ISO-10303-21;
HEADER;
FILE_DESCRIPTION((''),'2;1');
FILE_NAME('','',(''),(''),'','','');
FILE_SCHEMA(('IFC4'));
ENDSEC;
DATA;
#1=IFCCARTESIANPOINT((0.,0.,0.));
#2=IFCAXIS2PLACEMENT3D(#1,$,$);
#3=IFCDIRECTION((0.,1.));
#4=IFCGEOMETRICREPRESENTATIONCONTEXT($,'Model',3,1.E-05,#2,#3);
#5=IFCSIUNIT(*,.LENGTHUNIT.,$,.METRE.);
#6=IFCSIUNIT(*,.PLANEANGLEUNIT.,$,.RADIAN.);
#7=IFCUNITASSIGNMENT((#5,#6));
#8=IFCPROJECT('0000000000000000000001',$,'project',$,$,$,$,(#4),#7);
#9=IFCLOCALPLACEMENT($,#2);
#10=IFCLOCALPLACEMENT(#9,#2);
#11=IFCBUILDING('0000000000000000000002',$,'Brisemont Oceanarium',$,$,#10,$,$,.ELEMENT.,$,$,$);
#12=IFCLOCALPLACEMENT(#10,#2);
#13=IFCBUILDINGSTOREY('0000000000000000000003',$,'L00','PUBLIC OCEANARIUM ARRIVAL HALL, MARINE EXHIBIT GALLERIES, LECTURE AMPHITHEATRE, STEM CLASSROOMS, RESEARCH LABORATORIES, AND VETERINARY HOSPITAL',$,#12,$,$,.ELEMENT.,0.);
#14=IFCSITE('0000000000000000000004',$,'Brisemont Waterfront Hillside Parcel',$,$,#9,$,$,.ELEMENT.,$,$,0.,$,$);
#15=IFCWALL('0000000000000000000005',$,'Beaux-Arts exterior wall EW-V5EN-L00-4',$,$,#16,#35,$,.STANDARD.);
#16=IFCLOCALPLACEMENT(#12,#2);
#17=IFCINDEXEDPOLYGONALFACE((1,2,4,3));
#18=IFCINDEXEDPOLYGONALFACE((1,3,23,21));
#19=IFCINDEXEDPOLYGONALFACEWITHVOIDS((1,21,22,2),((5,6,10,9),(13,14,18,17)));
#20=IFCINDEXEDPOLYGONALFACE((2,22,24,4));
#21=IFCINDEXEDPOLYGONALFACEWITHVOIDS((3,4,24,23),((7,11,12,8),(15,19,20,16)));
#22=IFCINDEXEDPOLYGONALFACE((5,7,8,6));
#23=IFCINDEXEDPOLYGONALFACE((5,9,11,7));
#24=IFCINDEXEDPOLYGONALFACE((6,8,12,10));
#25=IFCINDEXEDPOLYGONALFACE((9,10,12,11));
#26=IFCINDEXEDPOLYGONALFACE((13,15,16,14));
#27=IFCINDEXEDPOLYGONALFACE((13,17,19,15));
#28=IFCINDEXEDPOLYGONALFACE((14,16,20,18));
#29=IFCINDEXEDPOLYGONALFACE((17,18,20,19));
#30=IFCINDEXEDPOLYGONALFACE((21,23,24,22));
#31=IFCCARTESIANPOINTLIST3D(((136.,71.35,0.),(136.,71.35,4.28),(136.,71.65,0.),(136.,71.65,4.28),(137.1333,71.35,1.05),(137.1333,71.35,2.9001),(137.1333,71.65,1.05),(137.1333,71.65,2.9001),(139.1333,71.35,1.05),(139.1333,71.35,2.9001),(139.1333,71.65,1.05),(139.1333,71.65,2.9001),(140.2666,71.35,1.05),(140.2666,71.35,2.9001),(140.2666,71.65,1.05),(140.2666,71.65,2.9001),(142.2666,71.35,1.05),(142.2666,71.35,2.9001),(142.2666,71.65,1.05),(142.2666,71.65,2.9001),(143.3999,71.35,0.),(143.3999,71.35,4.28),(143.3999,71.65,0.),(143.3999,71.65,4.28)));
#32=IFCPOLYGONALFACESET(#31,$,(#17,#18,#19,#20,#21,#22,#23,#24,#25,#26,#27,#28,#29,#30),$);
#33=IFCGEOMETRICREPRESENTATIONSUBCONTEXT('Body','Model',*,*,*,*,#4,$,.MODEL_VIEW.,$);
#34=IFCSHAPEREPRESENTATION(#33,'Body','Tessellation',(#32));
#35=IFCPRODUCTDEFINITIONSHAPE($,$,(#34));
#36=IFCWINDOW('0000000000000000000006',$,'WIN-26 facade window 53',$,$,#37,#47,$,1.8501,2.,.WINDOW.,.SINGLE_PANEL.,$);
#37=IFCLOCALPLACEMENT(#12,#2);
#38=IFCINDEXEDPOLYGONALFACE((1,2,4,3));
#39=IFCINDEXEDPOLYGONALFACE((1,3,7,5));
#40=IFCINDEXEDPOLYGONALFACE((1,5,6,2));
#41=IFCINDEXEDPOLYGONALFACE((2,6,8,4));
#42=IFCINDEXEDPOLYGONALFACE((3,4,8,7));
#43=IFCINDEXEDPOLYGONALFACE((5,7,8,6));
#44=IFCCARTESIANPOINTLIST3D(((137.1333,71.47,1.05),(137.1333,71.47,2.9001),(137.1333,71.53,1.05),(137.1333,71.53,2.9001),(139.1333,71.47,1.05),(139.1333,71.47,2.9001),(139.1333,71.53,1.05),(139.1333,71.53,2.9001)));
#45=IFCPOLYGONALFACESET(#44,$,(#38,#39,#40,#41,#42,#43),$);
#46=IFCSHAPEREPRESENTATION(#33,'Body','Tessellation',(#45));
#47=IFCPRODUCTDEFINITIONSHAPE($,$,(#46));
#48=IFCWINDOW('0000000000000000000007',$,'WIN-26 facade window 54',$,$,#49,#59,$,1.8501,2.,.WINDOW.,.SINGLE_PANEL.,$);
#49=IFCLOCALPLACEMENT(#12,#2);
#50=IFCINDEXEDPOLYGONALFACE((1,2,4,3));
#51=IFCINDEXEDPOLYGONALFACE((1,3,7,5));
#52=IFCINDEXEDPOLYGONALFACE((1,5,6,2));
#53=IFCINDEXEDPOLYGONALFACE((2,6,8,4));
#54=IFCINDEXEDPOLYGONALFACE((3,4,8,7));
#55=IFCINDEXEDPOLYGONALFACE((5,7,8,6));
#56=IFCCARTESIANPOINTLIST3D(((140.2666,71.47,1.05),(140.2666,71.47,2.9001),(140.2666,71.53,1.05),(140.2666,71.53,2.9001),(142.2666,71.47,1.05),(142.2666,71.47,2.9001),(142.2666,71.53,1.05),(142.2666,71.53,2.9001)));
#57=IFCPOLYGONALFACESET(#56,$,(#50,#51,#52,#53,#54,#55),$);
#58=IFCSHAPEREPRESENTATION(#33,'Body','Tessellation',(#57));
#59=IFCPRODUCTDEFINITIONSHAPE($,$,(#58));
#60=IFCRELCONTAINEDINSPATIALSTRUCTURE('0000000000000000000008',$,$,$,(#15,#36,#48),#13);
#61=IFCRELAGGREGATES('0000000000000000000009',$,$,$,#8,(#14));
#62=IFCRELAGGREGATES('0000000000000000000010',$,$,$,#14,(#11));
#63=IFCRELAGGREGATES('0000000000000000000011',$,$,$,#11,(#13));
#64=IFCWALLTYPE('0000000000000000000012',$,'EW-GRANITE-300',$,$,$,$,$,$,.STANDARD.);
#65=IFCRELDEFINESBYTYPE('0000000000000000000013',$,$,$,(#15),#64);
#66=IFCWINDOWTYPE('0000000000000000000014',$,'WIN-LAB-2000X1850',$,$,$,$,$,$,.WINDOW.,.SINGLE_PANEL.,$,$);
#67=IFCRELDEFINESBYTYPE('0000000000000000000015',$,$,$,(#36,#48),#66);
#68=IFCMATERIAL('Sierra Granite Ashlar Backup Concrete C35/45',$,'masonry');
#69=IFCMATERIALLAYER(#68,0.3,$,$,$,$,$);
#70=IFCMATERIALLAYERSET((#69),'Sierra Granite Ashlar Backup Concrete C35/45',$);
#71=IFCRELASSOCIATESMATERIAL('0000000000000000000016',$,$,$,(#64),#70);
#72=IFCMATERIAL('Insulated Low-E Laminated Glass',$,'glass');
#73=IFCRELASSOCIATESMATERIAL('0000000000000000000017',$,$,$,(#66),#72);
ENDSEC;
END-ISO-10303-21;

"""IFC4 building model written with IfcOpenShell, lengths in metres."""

from ifc_helpers import new_model, si_unit, direction, frame, frame_2d, origin, place, context, subcontext, project, spatial, rectangle, extrude, material, layer, layer_set, type_object, element, fill, save


model = new_model("IFC4")

# Units and contexts
model_context = context("Model", 3, precision=1e-05, world=origin(), true_north=direction((0.0, 1.0)))
body_context = subcontext(model_context, "Body", "Model", "MODEL_VIEW")
ifc_project = project(units=[si_unit("LENGTHUNIT", "METRE"), si_unit("PLANEANGLEUNIT", "RADIAN")], contexts=[model_context])

# Site, building, storey
site_placement = place(None, origin())
site = spatial("IfcSite", under=ifc_project, at=site_placement, Name="Brisemont Waterfront Hillside Parcel", CompositionType="ELEMENT", RefElevation=0.0)
building_placement = place(site_placement, origin())
building = spatial("IfcBuilding", under=site, at=building_placement, Name="Brisemont Oceanarium", CompositionType="ELEMENT")
storey_placement = place(building_placement, origin())
storey = spatial("IfcBuildingStorey", under=building, at=storey_placement, Name="L00", Description="PUBLIC OCEANARIUM ARRIVAL HALL, MARINE EXHIBIT GALLERIES, LECTURE AMPHITHEATRE, STEM CLASSROOMS, RESEARCH LABORATORIES, AND VETERINARY HOSPITAL", CompositionType="ELEMENT", Elevation=0.0)

# Wall, openings, windows
ifc_material_1 = material(Name="Sierra Granite Ashlar Backup Concrete C35/45", Category="masonry")
ifc_layer = layer(ifc_material_1, 0.3)
ifc_layer_set = layer_set([ifc_layer], Name="Sierra Granite Ashlar Backup Concrete C35/45")
wall_type = type_object("IfcWallType", Name="EW-GRANITE-300", PredefinedType="STANDARD", material=ifc_layer_set)
wall_1_placement = place(storey_placement, frame((136.0, 71.5, 0.0), z_axis=(0.0, 0.0, 1.0), x_axis=(1.0, 0.0, 0.0)))
wall_1 = element("IfcWall", 1, at=wall_1_placement, inside=storey, type_object=wall_type, Name="Beaux-Arts exterior wall EW-V5EN-L00-4", PredefinedType="STANDARD", context=body_context, shape_type="SweptSolid", body=[
    extrude(rectangle(XDim=7.3999, YDim=0.3, at=frame_2d((3.7, 0.0))), origin(), (0.0, 0.0, 1.0), 4.28),
])
opening_1_placement = place(wall_1_placement, frame((1.1333, 0.0, 1.05)))
opening_1 = element("IfcOpeningElement", 2, at=opening_1_placement, cuts=wall_1, PredefinedType="OPENING", context=body_context, shape_type="SweptSolid", body=[
    extrude(rectangle(XDim=2.0, YDim=1.8501, at=frame_2d((1.0, 0.925))), frame((0.0, 0.1599, 0.0), z_axis=(0.0, -1.0, 0.0), x_axis=(1.0, 0.0, 0.0)), (0.0, 0.0, 1.0), 0.3201),
])
opening_2_placement = place(wall_1_placement, frame((4.2666, 0.0, 1.05)))
opening_2 = element("IfcOpeningElement", 3, at=opening_2_placement, cuts=wall_1, PredefinedType="OPENING", context=body_context, shape_type="SweptSolid", body=[
    extrude(rectangle(XDim=2.0, YDim=1.8501, at=frame_2d((1.0, 0.925))), frame((0.0, 0.1599, 0.0), z_axis=(0.0, -1.0, 0.0), x_axis=(1.0, 0.0, 0.0)), (0.0, 0.0, 1.0), 0.3201),
])
ifc_material_2 = material(Name="Insulated Low-E Laminated Glass", Category="glass")
window_type_1 = type_object("IfcWindowType", Name="WIN-LAB-2000X1850", PartitioningType="SINGLE_PANEL", PredefinedType="WINDOW", material=ifc_material_2)
window_1_placement = place(opening_1_placement, origin())
window_1 = element("IfcWindow", 4, at=window_1_placement, inside=storey, type_object=window_type_1, Name="WIN-26 facade window 53", OverallHeight=1.8501, OverallWidth=2.0, PartitioningType="SINGLE_PANEL", PredefinedType="WINDOW", context=body_context, shape_type="SweptSolid", body=[
    extrude(rectangle(XDim=2.0, YDim=1.8501, at=frame_2d((1.0, 0.925))), frame((0.0, 0.03, 0.0), z_axis=(0.0, -1.0, 0.0), x_axis=(1.0, 0.0, 0.0)), (0.0, 0.0, 1.0), 0.0601),
])
fill(opening_1, window_1)
window_2_placement = place(opening_2_placement, origin())
window_2 = element("IfcWindow", 5, at=window_2_placement, inside=storey, type_object=window_type_1, Name="WIN-26 facade window 54", OverallHeight=1.8501, OverallWidth=2.0, PartitioningType="SINGLE_PANEL", PredefinedType="WINDOW", context=body_context, shape_type="SweptSolid", body=[
    extrude(rectangle(XDim=2.0, YDim=1.8501, at=frame_2d((1.0, 0.925))), frame((0.0, 0.03, 0.0), z_axis=(0.0, -1.0, 0.0), x_axis=(1.0, 0.0, 0.0)), (0.0, 0.0, 1.0), 0.0601),
])
fill(opening_2, window_2)

save(model, "model.ifc")
